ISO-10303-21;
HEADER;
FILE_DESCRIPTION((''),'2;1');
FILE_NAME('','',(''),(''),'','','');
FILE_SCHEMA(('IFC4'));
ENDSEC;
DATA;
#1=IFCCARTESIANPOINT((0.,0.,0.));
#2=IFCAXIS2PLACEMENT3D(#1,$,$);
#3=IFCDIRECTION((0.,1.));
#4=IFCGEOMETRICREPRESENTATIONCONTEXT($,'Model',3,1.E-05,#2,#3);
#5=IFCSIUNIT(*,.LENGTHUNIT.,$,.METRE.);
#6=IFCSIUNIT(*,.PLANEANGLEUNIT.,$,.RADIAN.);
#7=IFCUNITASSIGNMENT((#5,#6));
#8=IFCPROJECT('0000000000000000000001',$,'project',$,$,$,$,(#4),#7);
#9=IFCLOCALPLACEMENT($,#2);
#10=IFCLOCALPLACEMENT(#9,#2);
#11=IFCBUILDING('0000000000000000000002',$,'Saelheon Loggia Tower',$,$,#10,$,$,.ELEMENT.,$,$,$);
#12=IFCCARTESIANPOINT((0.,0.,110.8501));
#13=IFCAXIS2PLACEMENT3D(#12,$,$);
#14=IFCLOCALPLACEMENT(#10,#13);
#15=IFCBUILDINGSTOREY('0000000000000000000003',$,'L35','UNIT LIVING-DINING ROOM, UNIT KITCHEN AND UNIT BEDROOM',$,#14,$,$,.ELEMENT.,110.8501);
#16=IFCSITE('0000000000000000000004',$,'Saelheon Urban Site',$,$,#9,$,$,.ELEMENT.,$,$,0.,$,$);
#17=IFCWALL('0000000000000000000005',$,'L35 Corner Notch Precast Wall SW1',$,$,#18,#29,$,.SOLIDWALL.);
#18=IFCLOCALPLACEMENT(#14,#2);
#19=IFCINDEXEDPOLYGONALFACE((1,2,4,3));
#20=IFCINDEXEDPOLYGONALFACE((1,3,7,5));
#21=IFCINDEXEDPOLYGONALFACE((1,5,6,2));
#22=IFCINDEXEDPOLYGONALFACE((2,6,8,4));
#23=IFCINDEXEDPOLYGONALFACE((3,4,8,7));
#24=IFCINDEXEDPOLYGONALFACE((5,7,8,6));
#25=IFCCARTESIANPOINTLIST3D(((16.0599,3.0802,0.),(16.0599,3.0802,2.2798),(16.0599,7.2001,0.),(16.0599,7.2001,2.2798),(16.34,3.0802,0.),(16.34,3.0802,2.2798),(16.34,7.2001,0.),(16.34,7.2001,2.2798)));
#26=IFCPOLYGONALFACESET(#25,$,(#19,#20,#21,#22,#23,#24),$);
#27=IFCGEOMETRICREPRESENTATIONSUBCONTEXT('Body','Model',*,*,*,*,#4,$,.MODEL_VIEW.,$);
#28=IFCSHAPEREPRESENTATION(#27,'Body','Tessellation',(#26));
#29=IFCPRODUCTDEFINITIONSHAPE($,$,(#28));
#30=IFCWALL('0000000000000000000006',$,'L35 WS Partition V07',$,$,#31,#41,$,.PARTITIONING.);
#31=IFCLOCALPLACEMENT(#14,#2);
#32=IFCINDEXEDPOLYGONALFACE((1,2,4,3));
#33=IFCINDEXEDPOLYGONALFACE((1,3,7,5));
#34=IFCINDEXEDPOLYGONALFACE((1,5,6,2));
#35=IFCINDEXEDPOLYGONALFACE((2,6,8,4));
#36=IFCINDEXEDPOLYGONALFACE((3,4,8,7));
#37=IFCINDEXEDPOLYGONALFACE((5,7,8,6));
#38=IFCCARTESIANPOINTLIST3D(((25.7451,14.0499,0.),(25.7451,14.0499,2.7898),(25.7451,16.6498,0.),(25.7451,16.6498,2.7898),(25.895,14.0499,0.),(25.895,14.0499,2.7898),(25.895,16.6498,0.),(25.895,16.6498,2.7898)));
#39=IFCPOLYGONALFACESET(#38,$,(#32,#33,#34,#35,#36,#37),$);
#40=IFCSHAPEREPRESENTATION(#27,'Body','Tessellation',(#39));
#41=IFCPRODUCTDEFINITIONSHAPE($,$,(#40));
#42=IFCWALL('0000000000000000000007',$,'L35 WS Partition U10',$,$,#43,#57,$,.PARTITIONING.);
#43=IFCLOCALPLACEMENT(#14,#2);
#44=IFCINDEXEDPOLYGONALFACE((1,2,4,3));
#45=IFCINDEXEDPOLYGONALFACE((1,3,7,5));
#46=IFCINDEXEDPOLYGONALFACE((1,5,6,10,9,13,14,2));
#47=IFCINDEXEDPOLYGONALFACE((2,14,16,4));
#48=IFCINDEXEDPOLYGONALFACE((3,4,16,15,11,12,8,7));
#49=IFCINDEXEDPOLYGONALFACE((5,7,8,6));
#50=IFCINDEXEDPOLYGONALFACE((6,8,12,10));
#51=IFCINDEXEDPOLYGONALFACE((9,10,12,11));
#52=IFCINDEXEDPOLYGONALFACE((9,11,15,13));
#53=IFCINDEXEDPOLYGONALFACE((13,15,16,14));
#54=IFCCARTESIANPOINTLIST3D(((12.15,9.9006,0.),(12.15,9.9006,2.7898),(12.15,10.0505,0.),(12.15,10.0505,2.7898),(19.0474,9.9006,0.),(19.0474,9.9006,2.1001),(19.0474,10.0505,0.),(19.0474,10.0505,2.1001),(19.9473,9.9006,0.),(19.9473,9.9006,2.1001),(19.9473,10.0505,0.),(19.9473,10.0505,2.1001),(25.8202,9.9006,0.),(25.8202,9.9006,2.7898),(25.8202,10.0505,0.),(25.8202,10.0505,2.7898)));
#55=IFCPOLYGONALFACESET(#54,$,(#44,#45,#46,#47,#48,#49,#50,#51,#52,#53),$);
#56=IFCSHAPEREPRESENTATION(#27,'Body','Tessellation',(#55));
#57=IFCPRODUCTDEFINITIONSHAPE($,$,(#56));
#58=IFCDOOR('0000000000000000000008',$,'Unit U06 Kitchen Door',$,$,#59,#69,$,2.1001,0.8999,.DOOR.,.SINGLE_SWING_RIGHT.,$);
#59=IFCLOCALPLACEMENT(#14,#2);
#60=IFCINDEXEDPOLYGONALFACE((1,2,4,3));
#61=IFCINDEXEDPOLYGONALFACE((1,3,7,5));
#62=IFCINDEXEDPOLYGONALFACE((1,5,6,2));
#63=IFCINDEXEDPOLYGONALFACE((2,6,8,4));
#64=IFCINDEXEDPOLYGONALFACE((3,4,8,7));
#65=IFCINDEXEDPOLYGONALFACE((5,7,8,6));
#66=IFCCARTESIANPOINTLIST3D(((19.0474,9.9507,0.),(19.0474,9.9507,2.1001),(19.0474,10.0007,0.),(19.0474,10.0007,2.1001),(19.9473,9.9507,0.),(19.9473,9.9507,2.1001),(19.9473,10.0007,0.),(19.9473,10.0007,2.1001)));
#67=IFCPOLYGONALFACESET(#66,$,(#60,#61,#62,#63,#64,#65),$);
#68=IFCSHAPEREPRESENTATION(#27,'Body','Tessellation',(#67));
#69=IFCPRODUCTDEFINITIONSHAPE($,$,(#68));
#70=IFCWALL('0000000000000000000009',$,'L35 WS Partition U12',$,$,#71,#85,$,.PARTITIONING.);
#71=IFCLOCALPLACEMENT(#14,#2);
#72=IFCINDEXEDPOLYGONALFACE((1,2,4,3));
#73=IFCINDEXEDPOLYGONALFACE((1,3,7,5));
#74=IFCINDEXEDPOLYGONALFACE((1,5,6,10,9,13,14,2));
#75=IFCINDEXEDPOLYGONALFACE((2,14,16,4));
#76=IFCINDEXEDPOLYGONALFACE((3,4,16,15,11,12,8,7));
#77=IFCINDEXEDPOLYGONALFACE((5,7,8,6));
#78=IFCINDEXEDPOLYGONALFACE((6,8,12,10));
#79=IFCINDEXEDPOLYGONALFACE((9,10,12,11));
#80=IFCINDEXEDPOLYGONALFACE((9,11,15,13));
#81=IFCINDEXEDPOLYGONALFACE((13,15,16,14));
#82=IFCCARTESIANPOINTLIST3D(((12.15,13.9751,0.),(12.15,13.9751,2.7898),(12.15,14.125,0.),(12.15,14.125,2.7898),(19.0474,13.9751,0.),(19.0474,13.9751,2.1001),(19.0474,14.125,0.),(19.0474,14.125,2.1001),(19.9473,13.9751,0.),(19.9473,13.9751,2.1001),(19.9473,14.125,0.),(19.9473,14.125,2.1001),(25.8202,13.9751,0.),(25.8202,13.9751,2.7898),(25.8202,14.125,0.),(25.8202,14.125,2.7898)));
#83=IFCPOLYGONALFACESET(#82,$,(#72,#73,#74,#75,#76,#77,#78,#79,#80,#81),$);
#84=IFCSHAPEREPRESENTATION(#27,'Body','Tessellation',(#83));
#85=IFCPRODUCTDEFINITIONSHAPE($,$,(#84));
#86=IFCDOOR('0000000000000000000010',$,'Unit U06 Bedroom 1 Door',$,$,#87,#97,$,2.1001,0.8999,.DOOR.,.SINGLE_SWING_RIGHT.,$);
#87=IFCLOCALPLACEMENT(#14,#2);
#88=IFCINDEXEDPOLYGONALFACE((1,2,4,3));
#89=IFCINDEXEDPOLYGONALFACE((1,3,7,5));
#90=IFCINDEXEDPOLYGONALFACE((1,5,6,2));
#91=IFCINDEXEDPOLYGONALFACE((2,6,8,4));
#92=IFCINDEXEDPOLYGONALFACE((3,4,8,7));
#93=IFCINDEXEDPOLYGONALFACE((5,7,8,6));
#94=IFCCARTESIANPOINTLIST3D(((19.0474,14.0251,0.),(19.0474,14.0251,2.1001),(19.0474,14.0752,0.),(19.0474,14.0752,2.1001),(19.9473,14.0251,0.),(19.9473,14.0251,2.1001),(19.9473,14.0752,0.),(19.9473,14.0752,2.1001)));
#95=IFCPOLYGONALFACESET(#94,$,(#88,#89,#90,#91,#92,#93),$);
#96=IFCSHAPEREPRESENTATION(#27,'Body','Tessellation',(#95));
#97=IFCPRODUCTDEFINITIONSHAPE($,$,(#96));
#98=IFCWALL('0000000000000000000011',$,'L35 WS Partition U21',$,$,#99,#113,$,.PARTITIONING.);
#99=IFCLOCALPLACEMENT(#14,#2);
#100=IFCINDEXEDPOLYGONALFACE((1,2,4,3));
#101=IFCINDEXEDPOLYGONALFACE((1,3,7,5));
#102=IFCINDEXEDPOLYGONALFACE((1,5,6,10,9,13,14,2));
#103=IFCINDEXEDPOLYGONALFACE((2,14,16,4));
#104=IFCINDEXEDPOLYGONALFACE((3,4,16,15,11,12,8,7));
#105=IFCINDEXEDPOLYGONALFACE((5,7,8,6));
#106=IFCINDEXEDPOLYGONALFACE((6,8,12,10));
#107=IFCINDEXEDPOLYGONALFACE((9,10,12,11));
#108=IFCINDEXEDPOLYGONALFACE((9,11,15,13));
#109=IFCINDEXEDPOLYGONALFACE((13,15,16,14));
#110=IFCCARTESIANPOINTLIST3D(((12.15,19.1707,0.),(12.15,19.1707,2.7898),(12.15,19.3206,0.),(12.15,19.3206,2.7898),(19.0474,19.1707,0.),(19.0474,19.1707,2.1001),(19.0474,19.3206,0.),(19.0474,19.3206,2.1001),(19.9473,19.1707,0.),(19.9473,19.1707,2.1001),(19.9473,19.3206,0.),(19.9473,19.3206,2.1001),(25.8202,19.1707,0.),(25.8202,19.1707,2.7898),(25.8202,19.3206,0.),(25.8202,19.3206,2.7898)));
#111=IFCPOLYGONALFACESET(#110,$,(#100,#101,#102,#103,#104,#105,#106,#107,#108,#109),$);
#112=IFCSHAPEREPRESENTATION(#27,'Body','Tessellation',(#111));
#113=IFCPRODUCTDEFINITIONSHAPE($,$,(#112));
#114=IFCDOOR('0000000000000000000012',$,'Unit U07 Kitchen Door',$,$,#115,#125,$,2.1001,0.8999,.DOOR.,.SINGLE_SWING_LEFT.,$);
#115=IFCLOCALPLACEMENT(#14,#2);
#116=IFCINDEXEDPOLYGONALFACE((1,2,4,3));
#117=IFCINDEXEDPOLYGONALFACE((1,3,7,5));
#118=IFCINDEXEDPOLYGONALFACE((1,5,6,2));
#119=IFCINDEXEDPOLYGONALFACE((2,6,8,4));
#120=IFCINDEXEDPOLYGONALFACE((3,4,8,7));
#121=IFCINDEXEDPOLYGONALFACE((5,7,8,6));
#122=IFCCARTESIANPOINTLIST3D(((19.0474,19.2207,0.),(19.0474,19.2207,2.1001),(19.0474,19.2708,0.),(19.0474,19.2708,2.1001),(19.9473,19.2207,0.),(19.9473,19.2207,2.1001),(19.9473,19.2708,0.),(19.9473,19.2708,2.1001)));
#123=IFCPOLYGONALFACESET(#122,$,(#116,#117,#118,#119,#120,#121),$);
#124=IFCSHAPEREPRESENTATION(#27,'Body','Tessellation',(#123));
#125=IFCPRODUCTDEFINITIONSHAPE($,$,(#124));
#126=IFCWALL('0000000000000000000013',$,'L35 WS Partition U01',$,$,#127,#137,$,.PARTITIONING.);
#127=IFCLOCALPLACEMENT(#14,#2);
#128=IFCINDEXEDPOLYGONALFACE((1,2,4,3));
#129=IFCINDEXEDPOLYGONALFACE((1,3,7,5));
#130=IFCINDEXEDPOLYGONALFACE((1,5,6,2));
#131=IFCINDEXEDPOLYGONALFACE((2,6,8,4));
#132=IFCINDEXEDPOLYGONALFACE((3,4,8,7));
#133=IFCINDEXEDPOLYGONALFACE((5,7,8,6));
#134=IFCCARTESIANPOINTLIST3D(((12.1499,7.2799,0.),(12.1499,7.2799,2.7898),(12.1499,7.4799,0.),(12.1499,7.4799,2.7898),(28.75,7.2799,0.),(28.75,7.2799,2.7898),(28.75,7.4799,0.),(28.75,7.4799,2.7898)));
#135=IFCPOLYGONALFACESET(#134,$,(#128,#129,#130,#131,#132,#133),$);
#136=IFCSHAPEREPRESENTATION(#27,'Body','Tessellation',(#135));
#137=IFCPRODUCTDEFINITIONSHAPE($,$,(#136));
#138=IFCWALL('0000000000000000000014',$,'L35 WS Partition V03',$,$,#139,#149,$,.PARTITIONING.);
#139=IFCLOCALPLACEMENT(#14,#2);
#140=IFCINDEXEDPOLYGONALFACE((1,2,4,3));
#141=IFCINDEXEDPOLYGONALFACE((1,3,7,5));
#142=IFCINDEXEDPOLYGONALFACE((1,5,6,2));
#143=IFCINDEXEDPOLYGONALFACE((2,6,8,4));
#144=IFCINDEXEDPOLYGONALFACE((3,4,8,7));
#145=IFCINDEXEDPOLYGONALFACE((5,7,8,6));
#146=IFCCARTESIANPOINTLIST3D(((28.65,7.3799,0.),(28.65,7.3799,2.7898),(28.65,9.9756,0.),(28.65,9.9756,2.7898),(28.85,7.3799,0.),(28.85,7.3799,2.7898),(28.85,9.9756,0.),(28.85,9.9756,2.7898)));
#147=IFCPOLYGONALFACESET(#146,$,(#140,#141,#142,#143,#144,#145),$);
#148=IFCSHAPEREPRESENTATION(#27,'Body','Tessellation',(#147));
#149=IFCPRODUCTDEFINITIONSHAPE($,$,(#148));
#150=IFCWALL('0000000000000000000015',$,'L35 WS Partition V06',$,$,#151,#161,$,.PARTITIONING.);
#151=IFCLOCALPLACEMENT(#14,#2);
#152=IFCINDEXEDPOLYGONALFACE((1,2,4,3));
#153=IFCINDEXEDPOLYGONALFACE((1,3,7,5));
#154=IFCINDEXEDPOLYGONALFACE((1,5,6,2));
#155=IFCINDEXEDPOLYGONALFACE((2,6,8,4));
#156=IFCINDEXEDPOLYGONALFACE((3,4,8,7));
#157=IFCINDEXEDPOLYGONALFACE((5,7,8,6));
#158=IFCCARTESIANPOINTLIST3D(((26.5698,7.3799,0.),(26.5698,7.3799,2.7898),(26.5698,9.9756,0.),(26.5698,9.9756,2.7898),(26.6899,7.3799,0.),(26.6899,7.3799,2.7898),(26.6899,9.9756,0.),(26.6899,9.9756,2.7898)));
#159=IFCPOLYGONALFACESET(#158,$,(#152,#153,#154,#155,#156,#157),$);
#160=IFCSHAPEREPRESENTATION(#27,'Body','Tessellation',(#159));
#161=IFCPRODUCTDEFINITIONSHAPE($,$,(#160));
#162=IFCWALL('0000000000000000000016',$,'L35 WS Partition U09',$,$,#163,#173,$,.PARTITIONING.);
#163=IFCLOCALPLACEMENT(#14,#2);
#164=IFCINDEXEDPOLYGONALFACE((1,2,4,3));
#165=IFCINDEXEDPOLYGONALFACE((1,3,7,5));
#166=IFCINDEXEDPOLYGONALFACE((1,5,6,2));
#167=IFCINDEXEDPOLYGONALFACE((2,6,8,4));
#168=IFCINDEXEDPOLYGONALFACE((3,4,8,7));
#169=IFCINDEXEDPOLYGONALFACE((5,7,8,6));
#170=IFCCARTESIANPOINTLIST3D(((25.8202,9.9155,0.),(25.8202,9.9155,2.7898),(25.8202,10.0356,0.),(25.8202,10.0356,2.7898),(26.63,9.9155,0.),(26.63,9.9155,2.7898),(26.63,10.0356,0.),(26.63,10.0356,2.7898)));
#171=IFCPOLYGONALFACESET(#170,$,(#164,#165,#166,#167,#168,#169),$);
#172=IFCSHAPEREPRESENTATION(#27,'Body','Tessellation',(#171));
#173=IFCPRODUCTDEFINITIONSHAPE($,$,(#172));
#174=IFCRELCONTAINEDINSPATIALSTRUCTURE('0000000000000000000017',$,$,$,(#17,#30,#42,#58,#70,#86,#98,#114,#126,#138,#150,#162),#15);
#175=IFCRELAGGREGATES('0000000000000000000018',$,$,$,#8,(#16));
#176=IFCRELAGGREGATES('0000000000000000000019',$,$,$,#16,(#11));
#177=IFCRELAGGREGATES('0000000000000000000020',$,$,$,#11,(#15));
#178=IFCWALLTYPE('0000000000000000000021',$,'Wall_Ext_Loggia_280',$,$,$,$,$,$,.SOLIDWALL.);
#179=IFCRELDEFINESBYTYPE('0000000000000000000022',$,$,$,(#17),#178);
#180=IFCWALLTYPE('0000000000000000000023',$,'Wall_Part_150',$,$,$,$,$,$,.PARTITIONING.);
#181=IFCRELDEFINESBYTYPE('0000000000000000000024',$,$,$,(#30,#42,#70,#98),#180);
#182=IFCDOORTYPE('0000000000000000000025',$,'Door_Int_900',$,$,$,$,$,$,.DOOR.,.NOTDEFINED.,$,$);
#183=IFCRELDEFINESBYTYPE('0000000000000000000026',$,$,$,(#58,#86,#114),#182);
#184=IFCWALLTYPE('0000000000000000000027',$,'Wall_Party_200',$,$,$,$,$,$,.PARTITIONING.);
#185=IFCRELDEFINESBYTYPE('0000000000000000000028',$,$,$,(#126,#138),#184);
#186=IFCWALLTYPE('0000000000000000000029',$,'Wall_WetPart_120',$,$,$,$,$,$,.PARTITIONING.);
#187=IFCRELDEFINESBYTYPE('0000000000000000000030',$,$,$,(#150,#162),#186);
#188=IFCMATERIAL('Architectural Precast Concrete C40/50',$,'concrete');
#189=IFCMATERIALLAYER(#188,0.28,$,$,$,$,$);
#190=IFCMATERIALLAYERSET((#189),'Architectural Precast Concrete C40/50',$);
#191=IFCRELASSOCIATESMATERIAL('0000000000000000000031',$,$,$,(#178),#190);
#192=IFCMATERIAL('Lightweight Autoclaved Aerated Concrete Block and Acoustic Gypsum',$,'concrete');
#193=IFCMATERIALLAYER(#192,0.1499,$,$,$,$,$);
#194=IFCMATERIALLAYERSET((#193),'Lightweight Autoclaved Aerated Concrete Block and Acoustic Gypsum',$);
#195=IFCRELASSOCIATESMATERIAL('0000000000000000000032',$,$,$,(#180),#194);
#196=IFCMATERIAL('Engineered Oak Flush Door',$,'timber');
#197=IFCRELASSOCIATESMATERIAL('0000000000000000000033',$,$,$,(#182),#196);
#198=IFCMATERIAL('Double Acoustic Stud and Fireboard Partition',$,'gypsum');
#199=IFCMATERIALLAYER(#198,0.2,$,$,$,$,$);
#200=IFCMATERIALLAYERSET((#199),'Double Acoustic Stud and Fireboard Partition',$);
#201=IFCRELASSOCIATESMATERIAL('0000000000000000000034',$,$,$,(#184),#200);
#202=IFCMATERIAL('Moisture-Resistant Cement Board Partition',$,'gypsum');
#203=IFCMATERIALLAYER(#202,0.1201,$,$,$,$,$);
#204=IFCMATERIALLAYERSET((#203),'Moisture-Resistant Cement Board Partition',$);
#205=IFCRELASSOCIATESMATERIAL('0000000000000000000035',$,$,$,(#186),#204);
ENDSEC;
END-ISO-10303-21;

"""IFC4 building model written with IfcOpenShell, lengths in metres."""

from ifc_helpers import new_model, si_unit, direction, frame, frame_2d, origin, place, context, subcontext, project, spatial, rectangle, extrude, source, transform, mapped, material, layer, layer_set, type_object, element, fill, save


model = new_model("IFC4")

# Units and contexts
model_context = context("Model", 3, precision=1e-05, world=origin(), true_north=direction((0.0, 1.0)))
body_context = subcontext(model_context, "Body", "Model", "MODEL_VIEW")
ifc_project = project(units=[si_unit("LENGTHUNIT", "METRE"), si_unit("PLANEANGLEUNIT", "RADIAN")], contexts=[model_context])

# Site, building, storey
site_placement = place(None, origin())
site = spatial("IfcSite", under=ifc_project, at=site_placement, Name="Saelheon Urban Site", CompositionType="ELEMENT", RefElevation=0.0)
building_placement = place(site_placement, origin())
building = spatial("IfcBuilding", under=site, at=building_placement, Name="Saelheon Loggia Tower", CompositionType="ELEMENT")
storey_placement = place(building_placement, frame((0.0, 0.0, 110.8501)))
storey = spatial("IfcBuildingStorey", under=building, at=storey_placement, Name="L35", Description="UNIT LIVING-DINING ROOM, UNIT KITCHEN AND UNIT BEDROOM", CompositionType="ELEMENT", Elevation=110.8501)

# Shared definitions
ifc_material_1 = material(Name="Architectural Precast Concrete C40/50", Category="concrete")
ifc_layer_1 = layer(ifc_material_1, 0.28)
ifc_layer_set_1 = layer_set([ifc_layer_1], Name="Architectural Precast Concrete C40/50")
wall_type_1 = type_object("IfcWallType", Name="Wall_Ext_Loggia_280", PredefinedType="SOLIDWALL", material=ifc_layer_set_1)

# Walls
wall_1_placement = place(storey_placement, frame((16.2, 3.0801, 0.0), z_axis=(0.0, 0.0, 1.0), x_axis=(0.0, 1.0, 0.0)))
element("IfcWall", 1, at=wall_1_placement, inside=storey, type_object=wall_type_1, Name="L35 Corner Notch Precast Wall SW1", PredefinedType="SOLIDWALL", context=body_context, shape_type="SweptSolid", body=[
    extrude(rectangle(XDim=4.1199, YDim=0.28, at=frame_2d((2.0601, 0.0))), origin(), (0.0, 0.0, 1.0), 2.2798),
])
ifc_material_2 = material(Name="Lightweight Autoclaved Aerated Concrete Block and Acoustic Gypsum", Category="concrete")
ifc_layer_2 = layer(ifc_material_2, 0.1499)
ifc_layer_set_2 = layer_set([ifc_layer_2], Name="Lightweight Autoclaved Aerated Concrete Block and Acoustic Gypsum")
wall_type_2 = type_object("IfcWallType", Name="Wall_Part_150", PredefinedType="PARTITIONING", material=ifc_layer_set_2)
wall_2_placement = place(storey_placement, frame((25.8201, 14.05, 0.0), z_axis=(0.0, 0.0, 1.0), x_axis=(0.0, 1.0, 0.0)))
element("IfcWall", 2, at=wall_2_placement, inside=storey, type_object=wall_type_2, Name="L35 WS Partition V07", PredefinedType="PARTITIONING", context=body_context, shape_type="SweptSolid", body=[
    extrude(rectangle(XDim=2.5999, YDim=0.1499, at=frame_2d((1.2998, 0.0))), origin(), (0.0, 0.0, 1.0), 2.7898),
])

# Walls, openings, doors
wall_3_placement = place(storey_placement, frame((25.8201, 9.9756, 0.0), z_axis=(0.0, 0.0, 1.0), x_axis=(-1.0, 0.0, 0.0)))
wall_3 = element("IfcWall", 3, at=wall_3_placement, inside=storey, type_object=wall_type_2, Name="L35 WS Partition U10", PredefinedType="PARTITIONING", context=body_context, shape_type="SweptSolid", body=[
    extrude(rectangle(XDim=13.6702, YDim=0.1499, at=frame_2d((6.835, 0.0))), origin(), (0.0, 0.0, 1.0), 2.7898),
])
opening_1_placement = place(wall_3_placement, frame((5.8728, 0.0, 0.0)))
opening_1 = element("IfcOpeningElement", 4, at=opening_1_placement, cuts=wall_3, PredefinedType="OPENING", context=body_context, shape_type="SweptSolid", body=[
    extrude(rectangle(XDim=0.8999, YDim=2.1001, at=frame_2d((0.45, 1.05))), frame((0.0, 0.0869, 0.0), z_axis=(0.0, -1.0, 0.0), x_axis=(1.0, 0.0, 0.0)), (0.0, 0.0, 1.0), 0.1738),
])
ifc_material_3 = material(Name="Engineered Oak Flush Door", Category="timber")
door_type_1 = type_object("IfcDoorType", Name="Door_Int_900", OperationType="NOTDEFINED", PredefinedType="DOOR", material=ifc_material_3)
shared_shape_1 = source(origin(), body_context, "Body", "SweptSolid", [
    extrude(rectangle(XDim=0.8999, YDim=2.1001, at=frame_2d((0.45, 1.05))), frame((0.0, 0.0249, 0.0), z_axis=(0.0, -1.0, 0.0), x_axis=(1.0, 0.0, 0.0)), (0.0, 0.0, 1.0), 0.05),
])
door_1_placement = place(opening_1_placement, origin())
door_1 = element("IfcDoor", 5, at=door_1_placement, inside=storey, type_object=door_type_1, Name="Unit U06 Kitchen Door", OperationType="SINGLE_SWING_RIGHT", OverallHeight=2.1001, OverallWidth=0.8999, PredefinedType="DOOR", context=body_context, shape_type="MappedRepresentation", body=[
    mapped(shared_shape_1, transform((0.0, 0.0, 0.0), scale=1.0)),
])
fill(opening_1, door_1)
wall_4_placement = place(storey_placement, frame((25.8201, 14.05, 0.0), z_axis=(0.0, 0.0, 1.0), x_axis=(-1.0, 0.0, 0.0)))
wall_4 = element("IfcWall", 6, at=wall_4_placement, inside=storey, type_object=wall_type_2, Name="L35 WS Partition U12", PredefinedType="PARTITIONING", context=body_context, shape_type="SweptSolid", body=[
    extrude(rectangle(XDim=13.6702, YDim=0.1499, at=frame_2d((6.835, 0.0))), origin(), (0.0, 0.0, 1.0), 2.7898),
])
opening_2_placement = place(wall_4_placement, frame((5.8728, 0.0, 0.0)))
opening_2 = element("IfcOpeningElement", 7, at=opening_2_placement, cuts=wall_4, PredefinedType="OPENING", context=body_context, shape_type="SweptSolid", body=[
    extrude(rectangle(XDim=0.8999, YDim=2.1001, at=frame_2d((0.45, 1.05))), frame((0.0, 0.0869, 0.0), z_axis=(0.0, -1.0, 0.0), x_axis=(1.0, 0.0, 0.0)), (0.0, 0.0, 1.0), 0.1738),
])
door_2_placement = place(opening_2_placement, origin())
door_2 = element("IfcDoor", 8, at=door_2_placement, inside=storey, type_object=door_type_1, Name="Unit U06 Bedroom 1 Door", OperationType="SINGLE_SWING_RIGHT", OverallHeight=2.1001, OverallWidth=0.8999, PredefinedType="DOOR", context=body_context, shape_type="MappedRepresentation", body=[
    mapped(shared_shape_1, transform((0.0, 0.0, 0.0), scale=1.0)),
])
fill(opening_2, door_2)
wall_5_placement = place(storey_placement, frame((25.8201, 19.2456, 0.0), z_axis=(0.0, 0.0, 1.0), x_axis=(-1.0, 0.0, 0.0)))
wall_5 = element("IfcWall", 9, at=wall_5_placement, inside=storey, type_object=wall_type_2, Name="L35 WS Partition U21", PredefinedType="PARTITIONING", context=body_context, shape_type="SweptSolid", body=[
    extrude(rectangle(XDim=13.6702, YDim=0.1499, at=frame_2d((6.835, 0.0))), origin(), (0.0, 0.0, 1.0), 2.7898),
])
opening_3_placement = place(wall_5_placement, frame((5.8728, 0.0, 0.0)))
opening_3 = element("IfcOpeningElement", 10, at=opening_3_placement, cuts=wall_5, PredefinedType="OPENING", context=body_context, shape_type="SweptSolid", body=[
    extrude(rectangle(XDim=0.8999, YDim=2.1001, at=frame_2d((0.45, 1.05))), frame((0.0, 0.0869, 0.0), z_axis=(0.0, -1.0, 0.0), x_axis=(1.0, 0.0, 0.0)), (0.0, 0.0, 1.0), 0.1738),
])
door_3_placement = place(opening_3_placement, origin())
door_3 = element("IfcDoor", 11, at=door_3_placement, inside=storey, type_object=door_type_1, Name="Unit U07 Kitchen Door", OperationType="SINGLE_SWING_LEFT", OverallHeight=2.1001, OverallWidth=0.8999, PredefinedType="DOOR", context=body_context, shape_type="MappedRepresentation", body=[
    mapped(shared_shape_1, transform((0.0, 0.0, 0.0), scale=1.0)),
])
fill(opening_3, door_3)

# Walls
ifc_material_4 = material(Name="Double Acoustic Stud and Fireboard Partition", Category="gypsum")
ifc_layer_3 = layer(ifc_material_4, 0.2)
ifc_layer_set_3 = layer_set([ifc_layer_3], Name="Double Acoustic Stud and Fireboard Partition")
wall_type_3 = type_object("IfcWallType", Name="Wall_Party_200", PredefinedType="PARTITIONING", material=ifc_layer_set_3)
wall_6_placement = place(storey_placement, frame((28.75, 7.3799, 0.0), z_axis=(0.0, 0.0, 1.0), x_axis=(-1.0, 0.0, 0.0)))
element("IfcWall", 12, at=wall_6_placement, inside=storey, type_object=wall_type_3, Name="L35 WS Partition U01", PredefinedType="PARTITIONING", context=body_context, shape_type="SweptSolid", body=[
    extrude(rectangle(XDim=16.6001, YDim=0.2, at=frame_2d((8.3, 0.0))), origin(), (0.0, 0.0, 1.0), 2.7898),
])
wall_7_placement = place(storey_placement, frame((28.75, 7.3799, 0.0), z_axis=(0.0, 0.0, 1.0), x_axis=(0.0, 1.0, 0.0)))
element("IfcWall", 13, at=wall_7_placement, inside=storey, type_object=wall_type_3, Name="L35 WS Partition V03", PredefinedType="PARTITIONING", context=body_context, shape_type="SweptSolid", body=[
    extrude(rectangle(XDim=2.5957, YDim=0.2, at=frame_2d((1.2979, 0.0))), origin(), (0.0, 0.0, 1.0), 2.7898),
])
ifc_material_5 = material(Name="Moisture-Resistant Cement Board Partition", Category="gypsum")
ifc_layer_4 = layer(ifc_material_5, 0.1201)
ifc_layer_set_4 = layer_set([ifc_layer_4], Name="Moisture-Resistant Cement Board Partition")
wall_type_4 = type_object("IfcWallType", Name="Wall_WetPart_120", PredefinedType="PARTITIONING", material=ifc_layer_set_4)
wall_8_placement = place(storey_placement, frame((26.6299, 7.3799, 0.0), z_axis=(0.0, 0.0, 1.0), x_axis=(0.0, 1.0, 0.0)))
element("IfcWall", 14, at=wall_8_placement, inside=storey, type_object=wall_type_4, Name="L35 WS Partition V06", PredefinedType="PARTITIONING", context=body_context, shape_type="SweptSolid", body=[
    extrude(rectangle(XDim=2.5957, YDim=0.1201, at=frame_2d((1.2979, 0.0))), origin(), (0.0, 0.0, 1.0), 2.7898),
])
wall_9_placement = place(storey_placement, frame((26.6299, 9.9756, 0.0), z_axis=(0.0, 0.0, 1.0), x_axis=(-1.0, 0.0, 0.0)))
element("IfcWall", 15, at=wall_9_placement, inside=storey, type_object=wall_type_4, Name="L35 WS Partition U09", PredefinedType="PARTITIONING", context=body_context, shape_type="SweptSolid", body=[
    extrude(rectangle(XDim=0.8098, YDim=0.1201, at=frame_2d((0.4048, 0.0))), origin(), (0.0, 0.0, 1.0), 2.7898),
])

save(model, "model.ifc")
